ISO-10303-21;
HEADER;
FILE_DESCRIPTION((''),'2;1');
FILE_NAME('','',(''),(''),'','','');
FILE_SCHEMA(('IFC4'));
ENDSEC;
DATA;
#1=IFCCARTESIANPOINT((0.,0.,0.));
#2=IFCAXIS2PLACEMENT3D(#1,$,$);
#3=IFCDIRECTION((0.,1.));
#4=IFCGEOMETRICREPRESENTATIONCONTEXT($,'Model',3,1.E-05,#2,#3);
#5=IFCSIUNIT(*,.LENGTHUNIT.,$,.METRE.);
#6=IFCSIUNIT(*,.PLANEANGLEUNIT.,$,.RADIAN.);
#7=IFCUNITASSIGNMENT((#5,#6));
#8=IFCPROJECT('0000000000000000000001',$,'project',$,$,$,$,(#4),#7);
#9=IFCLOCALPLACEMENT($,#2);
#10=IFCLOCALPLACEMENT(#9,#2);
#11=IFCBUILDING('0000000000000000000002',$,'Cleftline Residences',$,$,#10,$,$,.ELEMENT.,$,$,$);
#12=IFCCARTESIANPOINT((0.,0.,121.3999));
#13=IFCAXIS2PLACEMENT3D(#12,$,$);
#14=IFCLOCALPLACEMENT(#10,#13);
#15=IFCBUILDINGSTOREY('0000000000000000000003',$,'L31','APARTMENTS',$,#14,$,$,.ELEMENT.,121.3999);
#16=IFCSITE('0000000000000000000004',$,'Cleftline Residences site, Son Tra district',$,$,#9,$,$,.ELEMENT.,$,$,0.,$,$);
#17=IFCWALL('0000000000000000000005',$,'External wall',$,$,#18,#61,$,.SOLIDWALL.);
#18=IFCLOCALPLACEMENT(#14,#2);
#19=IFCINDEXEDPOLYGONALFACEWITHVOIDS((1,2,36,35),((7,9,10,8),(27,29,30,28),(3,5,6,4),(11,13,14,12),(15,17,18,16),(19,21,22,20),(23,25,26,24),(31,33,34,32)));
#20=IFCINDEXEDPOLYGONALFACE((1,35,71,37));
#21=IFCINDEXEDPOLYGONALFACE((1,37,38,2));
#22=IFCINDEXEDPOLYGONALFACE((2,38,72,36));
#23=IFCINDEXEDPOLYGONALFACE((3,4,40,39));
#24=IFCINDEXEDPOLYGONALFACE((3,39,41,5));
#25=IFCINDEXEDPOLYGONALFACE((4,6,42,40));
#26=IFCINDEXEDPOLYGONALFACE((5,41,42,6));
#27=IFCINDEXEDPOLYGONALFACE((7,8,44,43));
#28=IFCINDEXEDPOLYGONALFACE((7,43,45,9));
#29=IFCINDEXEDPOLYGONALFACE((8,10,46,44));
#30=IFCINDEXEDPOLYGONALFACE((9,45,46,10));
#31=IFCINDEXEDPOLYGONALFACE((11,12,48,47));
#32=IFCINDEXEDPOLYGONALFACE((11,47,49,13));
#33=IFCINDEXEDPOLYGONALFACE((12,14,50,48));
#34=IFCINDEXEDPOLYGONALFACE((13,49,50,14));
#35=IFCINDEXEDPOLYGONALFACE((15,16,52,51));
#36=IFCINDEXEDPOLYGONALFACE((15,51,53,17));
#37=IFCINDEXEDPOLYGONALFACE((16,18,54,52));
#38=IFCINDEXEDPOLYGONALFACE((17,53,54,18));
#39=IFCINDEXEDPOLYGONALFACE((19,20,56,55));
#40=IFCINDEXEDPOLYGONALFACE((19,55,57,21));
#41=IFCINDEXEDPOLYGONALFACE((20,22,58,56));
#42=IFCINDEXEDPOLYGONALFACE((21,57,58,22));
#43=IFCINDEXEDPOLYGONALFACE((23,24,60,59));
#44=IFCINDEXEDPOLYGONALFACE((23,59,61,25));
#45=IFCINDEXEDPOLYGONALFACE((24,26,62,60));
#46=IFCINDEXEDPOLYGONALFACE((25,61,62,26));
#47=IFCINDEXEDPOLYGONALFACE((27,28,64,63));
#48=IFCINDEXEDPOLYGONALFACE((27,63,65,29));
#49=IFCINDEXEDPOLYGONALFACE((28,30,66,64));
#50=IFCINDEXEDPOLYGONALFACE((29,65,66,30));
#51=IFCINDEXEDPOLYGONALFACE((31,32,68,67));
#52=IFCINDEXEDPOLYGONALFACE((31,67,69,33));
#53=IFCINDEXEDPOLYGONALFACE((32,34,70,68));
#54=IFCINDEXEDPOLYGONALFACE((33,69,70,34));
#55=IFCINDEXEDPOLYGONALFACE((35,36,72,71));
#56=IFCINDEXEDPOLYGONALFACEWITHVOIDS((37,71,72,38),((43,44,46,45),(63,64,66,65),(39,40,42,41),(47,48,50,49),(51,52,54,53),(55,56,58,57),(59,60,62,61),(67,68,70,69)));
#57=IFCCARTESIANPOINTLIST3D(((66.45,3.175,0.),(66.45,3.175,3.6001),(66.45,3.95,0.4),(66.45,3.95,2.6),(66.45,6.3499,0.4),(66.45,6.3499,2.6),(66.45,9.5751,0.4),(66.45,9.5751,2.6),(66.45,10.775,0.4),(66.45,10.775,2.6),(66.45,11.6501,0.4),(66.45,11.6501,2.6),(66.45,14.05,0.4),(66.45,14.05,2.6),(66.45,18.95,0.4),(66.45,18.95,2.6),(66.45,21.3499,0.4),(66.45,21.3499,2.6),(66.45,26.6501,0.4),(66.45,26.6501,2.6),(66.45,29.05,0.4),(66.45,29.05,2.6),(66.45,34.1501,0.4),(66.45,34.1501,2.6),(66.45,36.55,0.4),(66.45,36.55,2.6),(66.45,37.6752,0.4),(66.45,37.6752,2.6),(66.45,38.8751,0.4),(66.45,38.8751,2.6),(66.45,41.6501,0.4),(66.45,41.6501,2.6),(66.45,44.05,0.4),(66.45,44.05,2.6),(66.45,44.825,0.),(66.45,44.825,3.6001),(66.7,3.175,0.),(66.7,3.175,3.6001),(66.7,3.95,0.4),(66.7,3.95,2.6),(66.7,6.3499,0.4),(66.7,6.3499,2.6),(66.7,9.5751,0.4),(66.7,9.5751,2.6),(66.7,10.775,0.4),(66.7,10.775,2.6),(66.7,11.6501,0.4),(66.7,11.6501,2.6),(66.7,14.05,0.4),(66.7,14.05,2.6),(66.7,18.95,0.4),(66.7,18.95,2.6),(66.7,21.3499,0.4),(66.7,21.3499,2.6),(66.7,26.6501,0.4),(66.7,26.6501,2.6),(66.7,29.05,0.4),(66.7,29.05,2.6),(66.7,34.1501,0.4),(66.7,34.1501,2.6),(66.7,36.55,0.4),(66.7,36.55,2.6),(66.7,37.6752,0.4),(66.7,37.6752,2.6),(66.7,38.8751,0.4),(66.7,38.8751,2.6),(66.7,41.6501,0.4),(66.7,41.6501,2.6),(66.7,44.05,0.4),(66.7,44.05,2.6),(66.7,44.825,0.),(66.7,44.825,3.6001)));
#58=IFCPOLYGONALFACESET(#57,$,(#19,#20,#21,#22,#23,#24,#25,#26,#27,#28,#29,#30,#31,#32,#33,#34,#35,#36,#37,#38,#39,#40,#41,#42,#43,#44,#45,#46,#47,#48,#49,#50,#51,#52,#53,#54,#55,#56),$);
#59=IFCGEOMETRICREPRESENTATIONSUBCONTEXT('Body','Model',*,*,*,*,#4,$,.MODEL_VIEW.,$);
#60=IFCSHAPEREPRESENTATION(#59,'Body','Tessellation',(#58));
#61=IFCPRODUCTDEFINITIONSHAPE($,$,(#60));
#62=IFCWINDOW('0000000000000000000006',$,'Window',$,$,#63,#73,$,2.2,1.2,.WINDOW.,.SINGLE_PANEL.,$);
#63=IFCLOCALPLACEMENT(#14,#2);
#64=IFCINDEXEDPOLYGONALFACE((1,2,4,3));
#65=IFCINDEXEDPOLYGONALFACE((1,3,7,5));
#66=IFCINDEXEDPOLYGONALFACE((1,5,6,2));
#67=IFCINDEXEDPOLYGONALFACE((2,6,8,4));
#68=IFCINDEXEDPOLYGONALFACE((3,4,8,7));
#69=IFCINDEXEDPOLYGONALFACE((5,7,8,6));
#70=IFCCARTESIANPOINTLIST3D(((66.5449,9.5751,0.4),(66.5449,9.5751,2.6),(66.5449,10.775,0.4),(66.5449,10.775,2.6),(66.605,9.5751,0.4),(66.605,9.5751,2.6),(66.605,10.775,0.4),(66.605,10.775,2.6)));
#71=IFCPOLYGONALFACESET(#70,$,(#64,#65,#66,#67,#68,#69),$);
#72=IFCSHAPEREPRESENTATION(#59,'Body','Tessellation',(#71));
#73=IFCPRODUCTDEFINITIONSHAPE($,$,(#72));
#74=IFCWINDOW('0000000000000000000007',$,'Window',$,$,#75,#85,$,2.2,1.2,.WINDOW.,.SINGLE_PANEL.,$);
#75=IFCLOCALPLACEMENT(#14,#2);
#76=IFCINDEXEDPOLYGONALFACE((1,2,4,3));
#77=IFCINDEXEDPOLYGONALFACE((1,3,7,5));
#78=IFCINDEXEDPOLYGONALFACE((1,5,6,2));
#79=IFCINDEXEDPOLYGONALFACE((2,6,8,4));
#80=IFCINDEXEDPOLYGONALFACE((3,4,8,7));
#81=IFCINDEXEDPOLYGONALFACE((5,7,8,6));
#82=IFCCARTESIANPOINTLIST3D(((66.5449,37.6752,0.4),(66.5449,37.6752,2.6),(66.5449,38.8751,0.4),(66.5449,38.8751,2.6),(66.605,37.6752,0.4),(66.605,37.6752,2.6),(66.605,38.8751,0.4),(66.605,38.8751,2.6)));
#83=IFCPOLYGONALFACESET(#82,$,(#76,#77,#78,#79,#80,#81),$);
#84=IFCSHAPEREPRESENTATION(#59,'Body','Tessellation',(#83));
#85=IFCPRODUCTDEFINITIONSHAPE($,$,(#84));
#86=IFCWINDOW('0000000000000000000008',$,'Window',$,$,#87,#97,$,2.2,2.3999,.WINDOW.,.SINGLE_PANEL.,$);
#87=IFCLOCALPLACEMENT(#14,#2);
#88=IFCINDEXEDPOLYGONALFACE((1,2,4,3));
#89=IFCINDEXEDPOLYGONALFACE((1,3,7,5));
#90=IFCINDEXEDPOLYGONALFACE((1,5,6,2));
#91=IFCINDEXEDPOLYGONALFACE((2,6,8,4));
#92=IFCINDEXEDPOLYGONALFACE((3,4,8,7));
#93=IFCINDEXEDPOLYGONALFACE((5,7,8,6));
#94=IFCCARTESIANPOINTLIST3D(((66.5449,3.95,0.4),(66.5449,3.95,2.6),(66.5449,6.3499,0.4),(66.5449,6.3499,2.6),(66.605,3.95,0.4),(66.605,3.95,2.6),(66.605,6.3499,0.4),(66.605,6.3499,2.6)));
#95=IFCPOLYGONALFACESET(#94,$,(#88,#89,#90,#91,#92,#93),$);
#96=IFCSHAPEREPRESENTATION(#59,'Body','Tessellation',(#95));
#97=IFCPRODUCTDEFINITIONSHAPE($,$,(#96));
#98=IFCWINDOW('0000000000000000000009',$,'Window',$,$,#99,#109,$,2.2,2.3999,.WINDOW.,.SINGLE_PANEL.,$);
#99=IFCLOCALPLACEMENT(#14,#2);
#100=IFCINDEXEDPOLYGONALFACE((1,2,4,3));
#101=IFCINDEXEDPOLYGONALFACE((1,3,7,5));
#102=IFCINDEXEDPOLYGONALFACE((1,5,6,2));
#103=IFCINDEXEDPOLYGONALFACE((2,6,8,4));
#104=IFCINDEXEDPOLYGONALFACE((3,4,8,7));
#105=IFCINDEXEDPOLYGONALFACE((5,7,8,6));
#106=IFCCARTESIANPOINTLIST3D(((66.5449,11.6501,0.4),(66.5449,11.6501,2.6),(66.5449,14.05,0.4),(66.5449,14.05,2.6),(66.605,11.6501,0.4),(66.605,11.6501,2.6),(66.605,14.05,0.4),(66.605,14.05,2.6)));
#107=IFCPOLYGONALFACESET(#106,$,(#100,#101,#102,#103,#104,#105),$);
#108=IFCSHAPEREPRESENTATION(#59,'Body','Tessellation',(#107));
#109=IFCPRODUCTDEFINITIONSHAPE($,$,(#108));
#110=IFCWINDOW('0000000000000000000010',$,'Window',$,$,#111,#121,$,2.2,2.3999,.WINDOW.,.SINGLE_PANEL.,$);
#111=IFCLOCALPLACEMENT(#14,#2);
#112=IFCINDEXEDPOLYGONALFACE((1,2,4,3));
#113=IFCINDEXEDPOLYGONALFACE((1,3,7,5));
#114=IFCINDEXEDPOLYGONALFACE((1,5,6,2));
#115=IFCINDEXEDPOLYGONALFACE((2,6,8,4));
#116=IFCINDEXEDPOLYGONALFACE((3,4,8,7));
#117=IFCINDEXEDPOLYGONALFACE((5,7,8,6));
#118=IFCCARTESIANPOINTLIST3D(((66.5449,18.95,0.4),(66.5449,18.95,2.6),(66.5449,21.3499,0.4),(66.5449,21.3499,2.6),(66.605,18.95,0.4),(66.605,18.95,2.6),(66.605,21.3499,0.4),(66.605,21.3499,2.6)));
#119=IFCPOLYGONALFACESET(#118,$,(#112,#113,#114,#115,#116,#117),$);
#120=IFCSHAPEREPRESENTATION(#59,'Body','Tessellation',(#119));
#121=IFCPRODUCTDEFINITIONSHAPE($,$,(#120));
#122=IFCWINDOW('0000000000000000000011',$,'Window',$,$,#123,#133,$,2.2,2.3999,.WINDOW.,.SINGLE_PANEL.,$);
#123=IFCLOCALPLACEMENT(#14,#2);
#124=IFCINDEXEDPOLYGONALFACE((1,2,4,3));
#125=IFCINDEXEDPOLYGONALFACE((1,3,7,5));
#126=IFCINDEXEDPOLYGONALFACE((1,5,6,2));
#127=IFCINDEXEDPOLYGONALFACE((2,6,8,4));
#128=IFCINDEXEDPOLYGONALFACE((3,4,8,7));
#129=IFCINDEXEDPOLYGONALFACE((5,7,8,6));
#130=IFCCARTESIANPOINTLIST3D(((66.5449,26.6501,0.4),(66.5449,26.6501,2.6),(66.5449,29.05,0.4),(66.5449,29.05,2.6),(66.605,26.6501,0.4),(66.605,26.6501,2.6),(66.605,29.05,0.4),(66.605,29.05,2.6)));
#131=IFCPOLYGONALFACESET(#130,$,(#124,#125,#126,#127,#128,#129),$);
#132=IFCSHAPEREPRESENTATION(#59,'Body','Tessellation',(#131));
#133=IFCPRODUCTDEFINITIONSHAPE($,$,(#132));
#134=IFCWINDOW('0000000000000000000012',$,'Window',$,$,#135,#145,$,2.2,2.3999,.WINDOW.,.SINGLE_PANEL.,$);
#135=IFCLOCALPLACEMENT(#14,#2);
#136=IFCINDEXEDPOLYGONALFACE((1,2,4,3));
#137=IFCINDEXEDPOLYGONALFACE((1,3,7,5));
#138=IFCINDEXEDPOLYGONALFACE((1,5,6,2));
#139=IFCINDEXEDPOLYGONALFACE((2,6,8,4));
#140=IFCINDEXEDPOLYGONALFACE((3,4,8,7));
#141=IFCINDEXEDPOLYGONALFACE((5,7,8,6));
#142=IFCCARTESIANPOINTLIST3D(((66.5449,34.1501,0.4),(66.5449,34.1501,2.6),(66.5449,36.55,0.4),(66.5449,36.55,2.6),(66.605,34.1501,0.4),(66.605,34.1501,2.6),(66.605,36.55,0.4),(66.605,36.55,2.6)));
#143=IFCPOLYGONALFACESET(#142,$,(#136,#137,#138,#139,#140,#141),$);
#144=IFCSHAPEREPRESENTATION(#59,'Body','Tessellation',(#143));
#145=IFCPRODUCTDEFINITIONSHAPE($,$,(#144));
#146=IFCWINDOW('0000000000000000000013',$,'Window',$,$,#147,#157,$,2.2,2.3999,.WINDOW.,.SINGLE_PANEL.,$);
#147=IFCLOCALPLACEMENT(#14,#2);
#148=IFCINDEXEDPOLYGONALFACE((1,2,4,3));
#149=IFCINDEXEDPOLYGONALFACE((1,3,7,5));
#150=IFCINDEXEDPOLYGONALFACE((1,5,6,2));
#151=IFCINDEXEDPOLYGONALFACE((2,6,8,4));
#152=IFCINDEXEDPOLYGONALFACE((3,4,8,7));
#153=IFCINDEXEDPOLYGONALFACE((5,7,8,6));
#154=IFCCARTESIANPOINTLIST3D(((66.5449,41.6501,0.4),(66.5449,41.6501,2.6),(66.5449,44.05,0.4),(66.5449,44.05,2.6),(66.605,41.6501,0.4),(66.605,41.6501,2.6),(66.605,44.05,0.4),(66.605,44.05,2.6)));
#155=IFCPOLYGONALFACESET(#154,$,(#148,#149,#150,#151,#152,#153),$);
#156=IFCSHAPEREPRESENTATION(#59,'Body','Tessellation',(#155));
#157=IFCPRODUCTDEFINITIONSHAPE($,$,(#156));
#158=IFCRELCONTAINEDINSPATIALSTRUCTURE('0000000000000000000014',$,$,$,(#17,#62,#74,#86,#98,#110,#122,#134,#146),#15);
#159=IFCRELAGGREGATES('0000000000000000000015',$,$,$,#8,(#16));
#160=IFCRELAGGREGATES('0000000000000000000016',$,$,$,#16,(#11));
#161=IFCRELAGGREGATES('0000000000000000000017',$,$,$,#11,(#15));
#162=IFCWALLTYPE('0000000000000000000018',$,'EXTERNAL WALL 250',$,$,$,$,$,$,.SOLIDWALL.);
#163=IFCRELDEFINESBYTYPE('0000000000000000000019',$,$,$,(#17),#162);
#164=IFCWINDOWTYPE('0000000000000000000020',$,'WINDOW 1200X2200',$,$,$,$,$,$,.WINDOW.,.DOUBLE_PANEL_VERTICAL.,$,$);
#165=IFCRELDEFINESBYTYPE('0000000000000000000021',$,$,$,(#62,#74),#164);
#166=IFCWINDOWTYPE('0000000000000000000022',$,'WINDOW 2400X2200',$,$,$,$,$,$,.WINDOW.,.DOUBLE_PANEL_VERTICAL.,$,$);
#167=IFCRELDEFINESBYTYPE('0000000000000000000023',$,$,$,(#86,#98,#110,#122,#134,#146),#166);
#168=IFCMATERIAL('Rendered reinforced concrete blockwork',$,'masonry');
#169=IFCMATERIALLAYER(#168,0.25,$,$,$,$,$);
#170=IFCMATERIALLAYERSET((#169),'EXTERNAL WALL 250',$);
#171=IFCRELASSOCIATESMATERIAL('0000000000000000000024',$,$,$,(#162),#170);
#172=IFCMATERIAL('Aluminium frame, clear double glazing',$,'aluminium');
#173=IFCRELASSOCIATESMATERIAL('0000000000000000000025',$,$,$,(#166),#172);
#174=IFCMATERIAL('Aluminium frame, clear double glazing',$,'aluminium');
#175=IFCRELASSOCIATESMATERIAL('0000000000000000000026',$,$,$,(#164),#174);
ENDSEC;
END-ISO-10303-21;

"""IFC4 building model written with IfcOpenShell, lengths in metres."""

from ifc_helpers import new_model, si_unit, direction, frame, frame_2d, origin, place, context, subcontext, project, spatial, rectangle, extrude, material, layer, layer_set, type_object, element, fill, save


model = new_model("IFC4")

# Units and contexts
model_context = context("Model", 3, precision=1e-05, world=origin(), true_north=direction((0.0, 1.0)))
body_context = subcontext(model_context, "Body", "Model", "MODEL_VIEW")
ifc_project = project(units=[si_unit("LENGTHUNIT", "METRE"), si_unit("PLANEANGLEUNIT", "RADIAN")], contexts=[model_context])

# Site, building, storey
site_placement = place(None, origin())
site = spatial("IfcSite", under=ifc_project, at=site_placement, Name="Cleftline Residences site, Son Tra district", CompositionType="ELEMENT", RefElevation=0.0)
building_placement = place(site_placement, origin())
building = spatial("IfcBuilding", under=site, at=building_placement, Name="Cleftline Residences", CompositionType="ELEMENT")
storey_placement = place(building_placement, frame((0.0, 0.0, 121.3999)))
storey = spatial("IfcBuildingStorey", under=building, at=storey_placement, Name="L31", Description="APARTMENTS", CompositionType="ELEMENT", Elevation=121.3999)

# Shared definitions
ifc_material_1 = material(Name="Rendered reinforced concrete blockwork", Category="masonry")
ifc_layer_1 = layer(ifc_material_1, 0.25)
ifc_layer_set_1 = layer_set([ifc_layer_1], Name="EXTERNAL WALL 250")
wall_type_1 = type_object("IfcWallType", Name="EXTERNAL WALL 250", PredefinedType="SOLIDWALL", material=ifc_layer_set_1)
ifc_material_2 = material(Name="Aluminium frame, clear double glazing", Category="aluminium")
window_type_1 = type_object("IfcWindowType", Name="WINDOW 2400X2200", PartitioningType="DOUBLE_PANEL_VERTICAL", PredefinedType="WINDOW", material=ifc_material_2)

# Wall, openings, windows
wall_1_placement = place(storey_placement, frame((66.575, 3.175, 0.0), z_axis=(0.0, 0.0, 1.0), x_axis=(0.0, 1.0, 0.0)))
wall_1 = element("IfcWall", 1, at=wall_1_placement, inside=storey, type_object=wall_type_1, Name="External wall", PredefinedType="SOLIDWALL", context=body_context, shape_type="SweptSolid", body=[
    extrude(rectangle(XDim=41.6499, YDim=0.25, at=frame_2d((20.825, 0.0))), origin(), (0.0, 0.0, 1.0), 3.6001),
])
opening_1_placement = place(wall_1_placement, frame((0.7749, 0.0, 0.3999)))
opening_1 = element("IfcOpeningElement", 2, at=opening_1_placement, cuts=wall_1, PredefinedType="OPENING", context=body_context, shape_type="SweptSolid", body=[
    extrude(rectangle(XDim=2.3999, YDim=2.2, at=frame_2d((1.2, 1.1001))), frame((0.0, 0.135, 0.0), z_axis=(0.0, -1.0, 0.0), x_axis=(1.0, 0.0, 0.0)), (0.0, 0.0, 1.0), 0.27),
])
opening_2_placement = place(wall_1_placement, frame((6.3999, 0.0, 0.3999)))
opening_2 = element("IfcOpeningElement", 3, at=opening_2_placement, cuts=wall_1, PredefinedType="OPENING", context=body_context, shape_type="SweptSolid", body=[
    extrude(rectangle(XDim=1.2, YDim=2.2, at=frame_2d((0.6001, 1.1001))), frame((0.0, 0.135, 0.0), z_axis=(0.0, -1.0, 0.0), x_axis=(1.0, 0.0, 0.0)), (0.0, 0.0, 1.0), 0.27),
])
opening_3_placement = place(wall_1_placement, frame((8.4751, 0.0, 0.3999)))
opening_3 = element("IfcOpeningElement", 4, at=opening_3_placement, cuts=wall_1, PredefinedType="OPENING", context=body_context, shape_type="SweptSolid", body=[
    extrude(rectangle(XDim=2.3999, YDim=2.2, at=frame_2d((1.2, 1.1001))), frame((0.0, 0.135, 0.0), z_axis=(0.0, -1.0, 0.0), x_axis=(1.0, 0.0, 0.0)), (0.0, 0.0, 1.0), 0.27),
])
opening_4_placement = place(wall_1_placement, frame((15.7749, 0.0, 0.3999)))
opening_4 = element("IfcOpeningElement", 5, at=opening_4_placement, cuts=wall_1, PredefinedType="OPENING", context=body_context, shape_type="SweptSolid", body=[
    extrude(rectangle(XDim=2.3999, YDim=2.2, at=frame_2d((1.2, 1.1001))), frame((0.0, 0.135, 0.0), z_axis=(0.0, -1.0, 0.0), x_axis=(1.0, 0.0, 0.0)), (0.0, 0.0, 1.0), 0.27),
])
opening_5_placement = place(wall_1_placement, frame((23.4751, 0.0, 0.3999)))
opening_5 = element("IfcOpeningElement", 6, at=opening_5_placement, cuts=wall_1, PredefinedType="OPENING", context=body_context, shape_type="SweptSolid", body=[
    extrude(rectangle(XDim=2.3999, YDim=2.2, at=frame_2d((1.2, 1.1001))), frame((0.0, 0.135, 0.0), z_axis=(0.0, -1.0, 0.0), x_axis=(1.0, 0.0, 0.0)), (0.0, 0.0, 1.0), 0.27),
])
opening_6_placement = place(wall_1_placement, frame((30.9751, 0.0, 0.3999)))
opening_6 = element("IfcOpeningElement", 7, at=opening_6_placement, cuts=wall_1, PredefinedType="OPENING", context=body_context, shape_type="SweptSolid", body=[
    extrude(rectangle(XDim=2.3999, YDim=2.2, at=frame_2d((1.2, 1.1001))), frame((0.0, 0.135, 0.0), z_axis=(0.0, -1.0, 0.0), x_axis=(1.0, 0.0, 0.0)), (0.0, 0.0, 1.0), 0.27),
])
opening_7_placement = place(wall_1_placement, frame((34.5, 0.0, 0.3999)))
opening_7 = element("IfcOpeningElement", 8, at=opening_7_placement, cuts=wall_1, PredefinedType="OPENING", context=body_context, shape_type="SweptSolid", body=[
    extrude(rectangle(XDim=1.2, YDim=2.2, at=frame_2d((0.6001, 1.1001))), frame((0.0, 0.135, 0.0), z_axis=(0.0, -1.0, 0.0), x_axis=(1.0, 0.0, 0.0)), (0.0, 0.0, 1.0), 0.27),
])
opening_8_placement = place(wall_1_placement, frame((38.4751, 0.0, 0.3999)))
opening_8 = element("IfcOpeningElement", 9, at=opening_8_placement, cuts=wall_1, PredefinedType="OPENING", context=body_context, shape_type="SweptSolid", body=[
    extrude(rectangle(XDim=2.3999, YDim=2.2, at=frame_2d((1.2, 1.1001))), frame((0.0, 0.135, 0.0), z_axis=(0.0, -1.0, 0.0), x_axis=(1.0, 0.0, 0.0)), (0.0, 0.0, 1.0), 0.27),
])
ifc_material_3 = material(Name="Aluminium frame, clear double glazing", Category="aluminium")
window_type_2 = type_object("IfcWindowType", Name="WINDOW 1200X2200", PartitioningType="DOUBLE_PANEL_VERTICAL", PredefinedType="WINDOW", material=ifc_material_3)
window_1_placement = place(opening_2_placement, origin())
window_1 = element("IfcWindow", 10, at=window_1_placement, inside=storey, type_object=window_type_2, Name="Window", OverallHeight=2.2, OverallWidth=1.2, PartitioningType="SINGLE_PANEL", PredefinedType="WINDOW", context=body_context, shape_type="SweptSolid", body=[
    extrude(rectangle(XDim=1.2, YDim=2.2, at=frame_2d((0.6001, 1.1001))), frame((0.0, 0.03, 0.0), z_axis=(0.0, -1.0, 0.0), x_axis=(1.0, 0.0, 0.0)), (0.0, 0.0, 1.0), 0.0601),
])
fill(opening_2, window_1)
window_2_placement = place(opening_7_placement, origin())
window_2 = element("IfcWindow", 11, at=window_2_placement, inside=storey, type_object=window_type_2, Name="Window", OverallHeight=2.2, OverallWidth=1.2, PartitioningType="SINGLE_PANEL", PredefinedType="WINDOW", context=body_context, shape_type="SweptSolid", body=[
    extrude(rectangle(XDim=1.2, YDim=2.2, at=frame_2d((0.6001, 1.1001))), frame((0.0, 0.03, 0.0), z_axis=(0.0, -1.0, 0.0), x_axis=(1.0, 0.0, 0.0)), (0.0, 0.0, 1.0), 0.0601),
])
fill(opening_7, window_2)
window_3_placement = place(opening_1_placement, origin())
window_3 = element("IfcWindow", 12, at=window_3_placement, inside=storey, type_object=window_type_1, Name="Window", OverallHeight=2.2, OverallWidth=2.3999, PartitioningType="SINGLE_PANEL", PredefinedType="WINDOW", context=body_context, shape_type="SweptSolid", body=[
    extrude(rectangle(XDim=2.3999, YDim=2.2, at=frame_2d((1.2, 1.1001))), frame((0.0, 0.03, 0.0), z_axis=(0.0, -1.0, 0.0), x_axis=(1.0, 0.0, 0.0)), (0.0, 0.0, 1.0), 0.0601),
])
fill(opening_1, window_3)
window_4_placement = place(opening_3_placement, origin())
window_4 = element("IfcWindow", 13, at=window_4_placement, inside=storey, type_object=window_type_1, Name="Window", OverallHeight=2.2, OverallWidth=2.3999, PartitioningType="SINGLE_PANEL", PredefinedType="WINDOW", context=body_context, shape_type="SweptSolid", body=[
    extrude(rectangle(XDim=2.3999, YDim=2.2, at=frame_2d((1.2, 1.1001))), frame((0.0, 0.03, 0.0), z_axis=(0.0, -1.0, 0.0), x_axis=(1.0, 0.0, 0.0)), (0.0, 0.0, 1.0), 0.0601),
])
fill(opening_3, window_4)
window_5_placement = place(opening_4_placement, origin())
window_5 = element("IfcWindow", 14, at=window_5_placement, inside=storey, type_object=window_type_1, Name="Window", OverallHeight=2.2, OverallWidth=2.3999, PartitioningType="SINGLE_PANEL", PredefinedType="WINDOW", context=body_context, shape_type="SweptSolid", body=[
    extrude(rectangle(XDim=2.3999, YDim=2.2, at=frame_2d((1.2, 1.1001))), frame((0.0, 0.03, 0.0), z_axis=(0.0, -1.0, 0.0), x_axis=(1.0, 0.0, 0.0)), (0.0, 0.0, 1.0), 0.0601),
])
fill(opening_4, window_5)
window_6_placement = place(opening_5_placement, origin())
window_6 = element("IfcWindow", 15, at=window_6_placement, inside=storey, type_object=window_type_1, Name="Window", OverallHeight=2.2, OverallWidth=2.3999, PartitioningType="SINGLE_PANEL", PredefinedType="WINDOW", context=body_context, shape_type="SweptSolid", body=[
    extrude(rectangle(XDim=2.3999, YDim=2.2, at=frame_2d((1.2, 1.1001))), frame((0.0, 0.03, 0.0), z_axis=(0.0, -1.0, 0.0), x_axis=(1.0, 0.0, 0.0)), (0.0, 0.0, 1.0), 0.0601),
])
fill(opening_5, window_6)
window_7_placement = place(opening_6_placement, origin())
window_7 = element("IfcWindow", 16, at=window_7_placement, inside=storey, type_object=window_type_1, Name="Window", OverallHeight=2.2, OverallWidth=2.3999, PartitioningType="SINGLE_PANEL", PredefinedType="WINDOW", context=body_context, shape_type="SweptSolid", body=[
    extrude(rectangle(XDim=2.3999, YDim=2.2, at=frame_2d((1.2, 1.1001))), frame((0.0, 0.03, 0.0), z_axis=(0.0, -1.0, 0.0), x_axis=(1.0, 0.0, 0.0)), (0.0, 0.0, 1.0), 0.0601),
])
fill(opening_6, window_7)
window_8_placement = place(opening_8_placement, origin())
window_8 = element("IfcWindow", 17, at=window_8_placement, inside=storey, type_object=window_type_1, Name="Window", OverallHeight=2.2, OverallWidth=2.3999, PartitioningType="SINGLE_PANEL", PredefinedType="WINDOW", context=body_context, shape_type="SweptSolid", body=[
    extrude(rectangle(XDim=2.3999, YDim=2.2, at=frame_2d((1.2, 1.1001))), frame((0.0, 0.03, 0.0), z_axis=(0.0, -1.0, 0.0), x_axis=(1.0, 0.0, 0.0)), (0.0, 0.0, 1.0), 0.0601),
])
fill(opening_8, window_8)

save(model, "model.ifc")
